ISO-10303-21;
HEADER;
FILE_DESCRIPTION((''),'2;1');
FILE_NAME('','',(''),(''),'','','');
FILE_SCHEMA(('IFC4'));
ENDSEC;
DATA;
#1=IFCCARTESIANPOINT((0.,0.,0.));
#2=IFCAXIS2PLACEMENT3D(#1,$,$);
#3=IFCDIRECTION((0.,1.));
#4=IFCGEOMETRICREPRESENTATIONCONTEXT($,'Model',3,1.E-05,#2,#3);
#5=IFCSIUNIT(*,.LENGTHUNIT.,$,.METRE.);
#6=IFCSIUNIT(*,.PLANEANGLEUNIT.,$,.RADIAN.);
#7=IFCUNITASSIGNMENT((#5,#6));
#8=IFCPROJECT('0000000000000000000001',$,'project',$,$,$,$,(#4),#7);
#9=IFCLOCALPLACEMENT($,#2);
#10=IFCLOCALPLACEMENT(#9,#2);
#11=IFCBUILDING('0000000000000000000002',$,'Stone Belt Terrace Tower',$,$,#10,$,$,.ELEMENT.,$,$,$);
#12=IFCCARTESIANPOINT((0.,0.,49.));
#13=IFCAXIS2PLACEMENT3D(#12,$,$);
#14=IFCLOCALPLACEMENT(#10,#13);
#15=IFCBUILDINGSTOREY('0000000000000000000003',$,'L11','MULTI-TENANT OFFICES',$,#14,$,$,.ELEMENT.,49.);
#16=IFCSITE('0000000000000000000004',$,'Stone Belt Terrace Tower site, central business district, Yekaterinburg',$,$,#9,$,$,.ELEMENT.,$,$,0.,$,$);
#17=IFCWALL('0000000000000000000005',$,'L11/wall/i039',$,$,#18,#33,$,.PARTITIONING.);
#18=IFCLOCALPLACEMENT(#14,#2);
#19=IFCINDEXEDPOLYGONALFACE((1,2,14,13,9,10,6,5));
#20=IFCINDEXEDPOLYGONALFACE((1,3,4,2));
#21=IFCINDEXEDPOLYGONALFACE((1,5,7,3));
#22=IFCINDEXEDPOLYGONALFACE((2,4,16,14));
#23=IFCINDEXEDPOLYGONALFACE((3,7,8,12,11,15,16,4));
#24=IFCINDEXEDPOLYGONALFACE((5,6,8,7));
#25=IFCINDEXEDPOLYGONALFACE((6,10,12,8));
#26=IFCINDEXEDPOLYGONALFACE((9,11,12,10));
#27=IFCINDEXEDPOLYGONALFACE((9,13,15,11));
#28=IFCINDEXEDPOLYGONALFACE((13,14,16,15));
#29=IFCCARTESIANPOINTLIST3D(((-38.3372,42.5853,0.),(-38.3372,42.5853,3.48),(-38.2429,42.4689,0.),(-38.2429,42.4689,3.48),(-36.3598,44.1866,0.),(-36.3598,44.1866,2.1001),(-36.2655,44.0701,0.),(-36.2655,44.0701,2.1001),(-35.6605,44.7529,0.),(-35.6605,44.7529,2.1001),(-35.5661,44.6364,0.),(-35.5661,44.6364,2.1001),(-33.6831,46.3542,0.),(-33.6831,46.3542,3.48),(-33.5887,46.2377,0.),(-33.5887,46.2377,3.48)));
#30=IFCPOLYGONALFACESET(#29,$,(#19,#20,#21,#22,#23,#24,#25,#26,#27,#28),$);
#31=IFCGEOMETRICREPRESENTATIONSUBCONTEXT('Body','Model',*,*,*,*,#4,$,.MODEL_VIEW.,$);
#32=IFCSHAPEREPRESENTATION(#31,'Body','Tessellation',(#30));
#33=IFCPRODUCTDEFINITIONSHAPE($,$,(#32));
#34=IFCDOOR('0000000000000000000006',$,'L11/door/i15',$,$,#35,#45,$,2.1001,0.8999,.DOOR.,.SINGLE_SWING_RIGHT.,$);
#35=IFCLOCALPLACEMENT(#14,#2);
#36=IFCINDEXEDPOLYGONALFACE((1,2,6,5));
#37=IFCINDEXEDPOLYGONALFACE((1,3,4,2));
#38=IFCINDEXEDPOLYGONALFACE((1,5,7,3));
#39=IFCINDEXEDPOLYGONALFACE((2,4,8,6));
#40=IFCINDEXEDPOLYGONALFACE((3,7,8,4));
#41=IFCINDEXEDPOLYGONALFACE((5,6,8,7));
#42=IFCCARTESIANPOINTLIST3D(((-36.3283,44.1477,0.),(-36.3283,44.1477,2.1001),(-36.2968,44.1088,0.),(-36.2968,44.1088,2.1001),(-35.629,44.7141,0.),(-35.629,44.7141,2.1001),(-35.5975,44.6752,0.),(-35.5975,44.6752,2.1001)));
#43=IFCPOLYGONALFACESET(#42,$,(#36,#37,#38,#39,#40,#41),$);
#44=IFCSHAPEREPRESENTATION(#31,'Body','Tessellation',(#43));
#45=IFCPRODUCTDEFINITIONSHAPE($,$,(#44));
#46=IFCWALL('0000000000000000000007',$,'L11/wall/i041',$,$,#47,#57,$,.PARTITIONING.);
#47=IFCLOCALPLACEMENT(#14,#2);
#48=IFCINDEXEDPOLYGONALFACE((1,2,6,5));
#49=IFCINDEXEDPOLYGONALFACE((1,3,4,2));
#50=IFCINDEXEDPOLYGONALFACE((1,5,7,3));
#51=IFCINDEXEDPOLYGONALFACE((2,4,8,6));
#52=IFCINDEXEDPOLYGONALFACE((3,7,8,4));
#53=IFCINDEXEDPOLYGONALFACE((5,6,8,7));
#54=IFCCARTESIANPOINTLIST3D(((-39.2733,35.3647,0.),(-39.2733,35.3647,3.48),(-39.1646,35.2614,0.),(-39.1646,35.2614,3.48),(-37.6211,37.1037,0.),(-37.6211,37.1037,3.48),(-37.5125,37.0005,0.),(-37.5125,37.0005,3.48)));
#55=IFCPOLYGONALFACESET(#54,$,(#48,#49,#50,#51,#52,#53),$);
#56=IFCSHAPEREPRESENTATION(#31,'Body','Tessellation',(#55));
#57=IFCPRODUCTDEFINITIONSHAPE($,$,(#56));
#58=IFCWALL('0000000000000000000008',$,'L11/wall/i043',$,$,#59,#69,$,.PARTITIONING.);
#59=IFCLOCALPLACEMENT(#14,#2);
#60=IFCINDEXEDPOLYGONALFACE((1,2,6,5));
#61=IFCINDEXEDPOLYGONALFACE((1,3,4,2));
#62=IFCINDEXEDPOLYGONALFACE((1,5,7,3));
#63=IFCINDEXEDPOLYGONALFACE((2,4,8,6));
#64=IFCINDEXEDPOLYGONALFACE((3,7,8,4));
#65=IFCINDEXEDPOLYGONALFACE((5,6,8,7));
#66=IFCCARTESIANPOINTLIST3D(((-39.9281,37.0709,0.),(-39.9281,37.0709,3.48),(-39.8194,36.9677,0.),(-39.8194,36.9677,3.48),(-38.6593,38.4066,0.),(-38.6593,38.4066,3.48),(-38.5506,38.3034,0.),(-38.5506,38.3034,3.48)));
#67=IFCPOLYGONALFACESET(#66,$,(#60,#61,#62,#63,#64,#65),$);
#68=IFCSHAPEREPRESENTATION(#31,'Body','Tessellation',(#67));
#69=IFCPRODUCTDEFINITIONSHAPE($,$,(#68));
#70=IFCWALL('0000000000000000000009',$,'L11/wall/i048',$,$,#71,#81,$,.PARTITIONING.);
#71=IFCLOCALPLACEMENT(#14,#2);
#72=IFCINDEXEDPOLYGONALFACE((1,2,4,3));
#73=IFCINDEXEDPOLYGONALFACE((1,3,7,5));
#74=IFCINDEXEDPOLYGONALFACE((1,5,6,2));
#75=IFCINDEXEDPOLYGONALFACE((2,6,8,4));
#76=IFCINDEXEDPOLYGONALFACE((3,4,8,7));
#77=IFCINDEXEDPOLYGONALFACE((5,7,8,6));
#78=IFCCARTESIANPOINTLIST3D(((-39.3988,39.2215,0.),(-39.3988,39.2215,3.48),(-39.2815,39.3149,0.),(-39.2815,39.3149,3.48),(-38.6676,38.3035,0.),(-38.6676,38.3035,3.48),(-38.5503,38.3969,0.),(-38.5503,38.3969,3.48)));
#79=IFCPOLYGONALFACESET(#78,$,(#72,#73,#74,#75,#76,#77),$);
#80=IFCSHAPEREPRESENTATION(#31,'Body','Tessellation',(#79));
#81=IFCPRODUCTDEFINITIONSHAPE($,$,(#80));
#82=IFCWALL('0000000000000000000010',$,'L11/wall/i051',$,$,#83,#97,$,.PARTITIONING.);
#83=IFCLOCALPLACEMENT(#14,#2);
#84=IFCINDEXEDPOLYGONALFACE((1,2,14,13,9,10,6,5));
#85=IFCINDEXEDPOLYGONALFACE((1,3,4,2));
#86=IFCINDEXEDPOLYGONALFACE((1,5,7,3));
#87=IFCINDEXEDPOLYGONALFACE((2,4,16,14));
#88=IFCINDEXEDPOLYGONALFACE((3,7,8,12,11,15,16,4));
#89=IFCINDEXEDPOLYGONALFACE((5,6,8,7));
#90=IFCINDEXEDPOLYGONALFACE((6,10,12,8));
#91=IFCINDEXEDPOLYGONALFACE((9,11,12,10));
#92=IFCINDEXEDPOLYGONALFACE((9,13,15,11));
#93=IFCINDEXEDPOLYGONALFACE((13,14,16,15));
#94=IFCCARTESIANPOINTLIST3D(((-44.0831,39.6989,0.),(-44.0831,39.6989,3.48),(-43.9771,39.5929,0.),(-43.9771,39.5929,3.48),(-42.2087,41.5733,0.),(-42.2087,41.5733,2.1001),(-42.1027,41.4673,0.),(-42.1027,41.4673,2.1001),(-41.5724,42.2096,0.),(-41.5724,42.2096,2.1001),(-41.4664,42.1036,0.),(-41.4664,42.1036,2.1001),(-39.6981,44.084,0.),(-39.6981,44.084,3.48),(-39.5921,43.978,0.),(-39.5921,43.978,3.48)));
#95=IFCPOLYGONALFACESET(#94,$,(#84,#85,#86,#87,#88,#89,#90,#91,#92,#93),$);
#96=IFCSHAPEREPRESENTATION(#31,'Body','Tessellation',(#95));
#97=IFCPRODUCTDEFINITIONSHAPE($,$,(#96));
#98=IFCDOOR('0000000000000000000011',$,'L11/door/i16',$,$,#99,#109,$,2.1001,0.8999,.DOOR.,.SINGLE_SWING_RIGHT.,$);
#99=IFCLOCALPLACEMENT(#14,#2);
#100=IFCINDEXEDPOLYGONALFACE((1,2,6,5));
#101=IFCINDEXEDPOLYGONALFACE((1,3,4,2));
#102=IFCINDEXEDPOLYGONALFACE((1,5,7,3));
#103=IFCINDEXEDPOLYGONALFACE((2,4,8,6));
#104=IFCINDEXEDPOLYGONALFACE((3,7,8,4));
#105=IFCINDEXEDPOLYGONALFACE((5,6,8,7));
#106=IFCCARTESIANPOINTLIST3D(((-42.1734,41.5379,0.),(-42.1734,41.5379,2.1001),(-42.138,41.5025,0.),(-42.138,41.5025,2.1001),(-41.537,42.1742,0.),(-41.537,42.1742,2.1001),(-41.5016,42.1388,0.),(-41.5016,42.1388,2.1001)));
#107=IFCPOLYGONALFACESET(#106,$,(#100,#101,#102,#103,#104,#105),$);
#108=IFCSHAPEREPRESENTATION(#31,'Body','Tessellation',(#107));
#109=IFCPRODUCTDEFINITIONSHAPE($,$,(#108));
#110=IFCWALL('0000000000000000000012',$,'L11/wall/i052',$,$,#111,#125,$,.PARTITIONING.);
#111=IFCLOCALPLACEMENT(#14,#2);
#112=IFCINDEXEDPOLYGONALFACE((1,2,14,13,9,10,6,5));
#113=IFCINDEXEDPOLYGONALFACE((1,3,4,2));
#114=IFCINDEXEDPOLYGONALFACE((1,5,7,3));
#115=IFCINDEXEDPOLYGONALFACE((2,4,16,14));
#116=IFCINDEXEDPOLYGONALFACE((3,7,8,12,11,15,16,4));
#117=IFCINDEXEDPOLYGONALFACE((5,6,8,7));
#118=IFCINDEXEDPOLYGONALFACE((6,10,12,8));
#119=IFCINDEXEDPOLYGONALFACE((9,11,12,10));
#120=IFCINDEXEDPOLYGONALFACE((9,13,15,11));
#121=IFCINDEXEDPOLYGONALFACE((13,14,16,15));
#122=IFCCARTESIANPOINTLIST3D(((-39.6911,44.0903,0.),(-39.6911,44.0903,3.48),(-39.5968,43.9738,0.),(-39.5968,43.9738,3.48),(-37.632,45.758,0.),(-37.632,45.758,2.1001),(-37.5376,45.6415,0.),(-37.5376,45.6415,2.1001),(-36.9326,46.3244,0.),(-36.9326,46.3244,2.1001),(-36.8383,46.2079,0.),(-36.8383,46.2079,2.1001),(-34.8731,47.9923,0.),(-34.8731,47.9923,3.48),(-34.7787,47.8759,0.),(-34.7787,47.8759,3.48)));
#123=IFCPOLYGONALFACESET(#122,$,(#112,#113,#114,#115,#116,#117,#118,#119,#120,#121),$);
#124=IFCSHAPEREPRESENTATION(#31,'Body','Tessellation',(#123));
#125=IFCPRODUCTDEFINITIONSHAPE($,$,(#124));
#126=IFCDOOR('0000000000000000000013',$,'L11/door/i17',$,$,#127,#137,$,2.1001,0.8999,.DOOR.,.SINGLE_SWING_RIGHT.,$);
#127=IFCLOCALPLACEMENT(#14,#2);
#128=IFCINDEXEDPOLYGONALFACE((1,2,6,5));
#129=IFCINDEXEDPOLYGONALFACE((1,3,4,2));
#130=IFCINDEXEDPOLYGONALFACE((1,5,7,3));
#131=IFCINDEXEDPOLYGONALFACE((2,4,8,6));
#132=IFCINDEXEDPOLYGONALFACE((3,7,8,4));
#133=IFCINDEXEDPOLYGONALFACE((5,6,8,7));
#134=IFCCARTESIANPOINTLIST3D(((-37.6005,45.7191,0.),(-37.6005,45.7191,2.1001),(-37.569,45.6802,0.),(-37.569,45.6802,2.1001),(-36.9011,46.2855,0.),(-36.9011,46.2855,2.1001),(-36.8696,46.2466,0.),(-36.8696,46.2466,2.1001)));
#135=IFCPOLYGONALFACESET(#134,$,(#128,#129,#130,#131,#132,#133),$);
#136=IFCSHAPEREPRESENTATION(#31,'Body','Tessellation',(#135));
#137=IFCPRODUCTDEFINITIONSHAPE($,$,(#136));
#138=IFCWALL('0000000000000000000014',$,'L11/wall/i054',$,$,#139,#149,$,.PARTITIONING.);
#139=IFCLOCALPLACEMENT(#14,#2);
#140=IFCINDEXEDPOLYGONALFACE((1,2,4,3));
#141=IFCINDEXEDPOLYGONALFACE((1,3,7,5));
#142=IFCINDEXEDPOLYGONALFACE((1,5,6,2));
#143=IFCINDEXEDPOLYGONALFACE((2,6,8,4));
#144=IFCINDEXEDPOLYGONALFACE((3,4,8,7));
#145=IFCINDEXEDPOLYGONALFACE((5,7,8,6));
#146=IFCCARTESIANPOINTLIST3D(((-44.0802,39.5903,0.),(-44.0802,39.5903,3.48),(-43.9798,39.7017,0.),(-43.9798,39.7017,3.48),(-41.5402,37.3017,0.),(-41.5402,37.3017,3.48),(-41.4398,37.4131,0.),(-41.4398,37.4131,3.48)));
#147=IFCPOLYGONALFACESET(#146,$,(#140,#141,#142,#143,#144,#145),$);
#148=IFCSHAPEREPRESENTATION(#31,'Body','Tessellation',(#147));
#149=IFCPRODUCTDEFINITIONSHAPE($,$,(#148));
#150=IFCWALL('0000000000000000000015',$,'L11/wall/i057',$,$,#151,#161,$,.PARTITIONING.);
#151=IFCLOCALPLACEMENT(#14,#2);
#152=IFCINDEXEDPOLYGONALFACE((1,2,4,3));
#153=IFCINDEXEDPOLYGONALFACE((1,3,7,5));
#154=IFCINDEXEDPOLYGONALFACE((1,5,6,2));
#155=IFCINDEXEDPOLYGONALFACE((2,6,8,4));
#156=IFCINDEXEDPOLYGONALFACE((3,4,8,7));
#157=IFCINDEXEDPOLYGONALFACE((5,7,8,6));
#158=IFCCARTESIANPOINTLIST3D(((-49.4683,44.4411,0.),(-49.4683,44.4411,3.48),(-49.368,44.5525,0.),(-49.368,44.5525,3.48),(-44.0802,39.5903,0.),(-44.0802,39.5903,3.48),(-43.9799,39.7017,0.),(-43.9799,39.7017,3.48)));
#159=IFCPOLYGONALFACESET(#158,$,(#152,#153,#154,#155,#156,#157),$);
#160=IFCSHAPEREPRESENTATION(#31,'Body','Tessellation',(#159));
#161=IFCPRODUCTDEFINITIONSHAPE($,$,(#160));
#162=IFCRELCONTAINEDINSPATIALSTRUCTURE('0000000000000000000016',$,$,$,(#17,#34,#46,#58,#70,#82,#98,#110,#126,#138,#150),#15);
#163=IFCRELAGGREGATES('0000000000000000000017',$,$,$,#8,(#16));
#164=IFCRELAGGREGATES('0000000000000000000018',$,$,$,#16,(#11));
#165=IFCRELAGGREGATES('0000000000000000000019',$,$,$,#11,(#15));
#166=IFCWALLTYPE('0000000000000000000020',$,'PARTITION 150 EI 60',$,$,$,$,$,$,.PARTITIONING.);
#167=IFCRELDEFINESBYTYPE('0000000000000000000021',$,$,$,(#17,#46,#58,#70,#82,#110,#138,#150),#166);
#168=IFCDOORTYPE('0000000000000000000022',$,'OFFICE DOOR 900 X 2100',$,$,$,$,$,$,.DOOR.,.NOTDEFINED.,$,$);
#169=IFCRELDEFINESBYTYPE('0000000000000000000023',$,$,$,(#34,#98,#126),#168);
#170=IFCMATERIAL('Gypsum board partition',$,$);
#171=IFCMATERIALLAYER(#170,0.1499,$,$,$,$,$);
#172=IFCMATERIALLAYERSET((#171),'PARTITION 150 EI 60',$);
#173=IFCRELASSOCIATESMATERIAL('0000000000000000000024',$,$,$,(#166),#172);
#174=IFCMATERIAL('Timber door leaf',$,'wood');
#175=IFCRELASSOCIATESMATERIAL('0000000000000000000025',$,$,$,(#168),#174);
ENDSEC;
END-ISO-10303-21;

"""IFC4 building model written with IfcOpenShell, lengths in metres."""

from ifc_helpers import new_model, si_unit, direction, frame, frame_2d, origin, place, context, subcontext, project, spatial, rectangle, extrude, material, layer, layer_set, type_object, element, fill, save


model = new_model("IFC4")

# Units and contexts
model_context = context("Model", 3, precision=1e-05, world=origin(), true_north=direction((0.0, 1.0)))
body_context = subcontext(model_context, "Body", "Model", "MODEL_VIEW")
ifc_project = project(units=[si_unit("LENGTHUNIT", "METRE"), si_unit("PLANEANGLEUNIT", "RADIAN")], contexts=[model_context])

# Site, building, storey
site_placement = place(None, origin())
site = spatial("IfcSite", under=ifc_project, at=site_placement, Name="Stone Belt Terrace Tower site, central business district, Yekaterinburg", CompositionType="ELEMENT", RefElevation=0.0)
building_placement = place(site_placement, origin())
building = spatial("IfcBuilding", under=site, at=building_placement, Name="Stone Belt Terrace Tower", CompositionType="ELEMENT")
storey_placement = place(building_placement, frame((0.0, 0.0, 49.0)))
storey = spatial("IfcBuildingStorey", under=building, at=storey_placement, Name="L11", Description="MULTI-TENANT OFFICES", CompositionType="ELEMENT", Elevation=49.0)

# Shared definitions
ifc_material_1 = material(Name="Gypsum board partition")
ifc_layer_1 = layer(ifc_material_1, 0.1499)
ifc_layer_set_1 = layer_set([ifc_layer_1], Name="PARTITION 150 EI 60")
wall_type = type_object("IfcWallType", Name="PARTITION 150 EI 60", PredefinedType="PARTITIONING", material=ifc_layer_set_1)

# Wall, opening, door
wall_1_placement = place(storey_placement, frame((-38.29, 42.5271, 0.0), z_axis=(0.0, 0.0, 1.0), x_axis=(0.777144, 0.629323, 0.0)))
wall_1 = element("IfcWall", 1, at=wall_1_placement, inside=storey, type_object=wall_type, Name="L11/wall/i039", PredefinedType="PARTITIONING", context=body_context, shape_type="SweptSolid", body=[
    extrude(rectangle(XDim=5.9888, YDim=0.1499, at=frame_2d((2.9944, 0.0))), origin(), (0.0, 0.0, 1.0), 3.48),
])
opening_1_placement = place(wall_1_placement, frame((2.5444, 0.0, 0.0)))
opening_1 = element("IfcOpeningElement", 2, at=opening_1_placement, cuts=wall_1, PredefinedType="OPENING", context=body_context, shape_type="SweptSolid", body=[
    extrude(rectangle(XDim=0.8999, YDim=2.1001, at=frame_2d((0.45, 1.05))), frame((0.0, 0.085, 0.0), z_axis=(0.0, -1.0, 0.0), x_axis=(1.0, 0.0, 0.0)), (0.0, 0.0, 1.0), 0.1699),
])
ifc_material_2 = material(Name="Timber door leaf", Category="wood")
door_type = type_object("IfcDoorType", Name="OFFICE DOOR 900 X 2100", OperationType="NOTDEFINED", PredefinedType="DOOR", material=ifc_material_2)
door_1_placement = place(opening_1_placement, origin())
door_1 = element("IfcDoor", 3, at=door_1_placement, inside=storey, type_object=door_type, Name="L11/door/i15", OperationType="SINGLE_SWING_RIGHT", OverallHeight=2.1001, OverallWidth=0.8999, PredefinedType="DOOR", context=body_context, shape_type="SweptSolid", body=[
    extrude(rectangle(XDim=0.8999, YDim=2.1001, at=frame_2d((0.45, 1.05))), frame((0.0, 0.0249, 0.0), z_axis=(0.0, -1.0, 0.0), x_axis=(1.0, 0.0, 0.0)), (0.0, 0.0, 1.0), 0.05),
])
fill(opening_1, door_1)

# Walls
wall_2_placement = place(storey_placement, frame((-37.5669, 37.052, 0.0), z_axis=(0.0, 0.0, 1.0), x_axis=(-0.688757, -0.724992, 0.0)))
element("IfcWall", 4, at=wall_2_placement, inside=storey, type_object=wall_type, Name="L11/wall/i041", PredefinedType="PARTITIONING", context=body_context, shape_type="SweptSolid", body=[
    extrude(rectangle(XDim=2.3987, YDim=0.1499, at=frame_2d((1.1992, 0.0))), origin(), (0.0, 0.0, 1.0), 3.48),
])
wall_3_placement = place(storey_placement, frame((-39.8738, 37.0193, 0.0), z_axis=(0.0, 0.0, 1.0), x_axis=(0.688718, 0.725029, 0.0)))
element("IfcWall", 5, at=wall_3_placement, inside=storey, type_object=wall_type, Name="L11/wall/i043", PredefinedType="PARTITIONING", context=body_context, shape_type="SweptSolid", body=[
    extrude(rectangle(XDim=1.8423, YDim=0.1499, at=frame_2d((0.9211, 0.0))), origin(), (0.0, 0.0, 1.0), 3.48),
])
wall_4_placement = place(storey_placement, frame((-38.6089, 38.3501, 0.0), z_axis=(0.0, 0.0, 1.0), x_axis=(-0.623045, 0.782186, 0.0)))
element("IfcWall", 6, at=wall_4_placement, inside=storey, type_object=wall_type, Name="L11/wall/i048", PredefinedType="PARTITIONING", context=body_context, shape_type="SweptSolid", body=[
    extrude(rectangle(XDim=1.1736, YDim=0.1499, at=frame_2d((0.5869, 0.0))), origin(), (0.0, 0.0, 1.0), 3.48),
])

# Walls, openings, doors
wall_5_placement = place(storey_placement, frame((-44.03, 39.646, 0.0), z_axis=(0.0, 0.0, 1.0), x_axis=(0.707107, 0.707107, 0.0)))
wall_5 = element("IfcWall", 7, at=wall_5_placement, inside=storey, type_object=wall_type, Name="L11/wall/i051", PredefinedType="PARTITIONING", context=body_context, shape_type="SweptSolid", body=[
    extrude(rectangle(XDim=6.2014, YDim=0.1499, at=frame_2d((3.1006, 0.0))), origin(), (0.0, 0.0, 1.0), 3.48),
])
opening_2_placement = place(wall_5_placement, frame((2.6506, 0.0, 0.0)))
opening_2 = element("IfcOpeningElement", 8, at=opening_2_placement, cuts=wall_5, PredefinedType="OPENING", context=body_context, shape_type="SweptSolid", body=[
    extrude(rectangle(XDim=0.8999, YDim=2.1001, at=frame_2d((0.45, 1.05))), frame((0.0, 0.085, 0.0), z_axis=(0.0, -1.0, 0.0), x_axis=(1.0, 0.0, 0.0)), (0.0, 0.0, 1.0), 0.1699),
])
door_2_placement = place(opening_2_placement, origin())
door_2 = element("IfcDoor", 9, at=door_2_placement, inside=storey, type_object=door_type, Name="L11/door/i16", OperationType="SINGLE_SWING_RIGHT", OverallHeight=2.1001, OverallWidth=0.8999, PredefinedType="DOOR", context=body_context, shape_type="SweptSolid", body=[
    extrude(rectangle(XDim=0.8999, YDim=2.1001, at=frame_2d((0.45, 1.05))), frame((0.0, 0.0249, 0.0), z_axis=(0.0, -1.0, 0.0), x_axis=(1.0, 0.0, 0.0)), (0.0, 0.0, 1.0), 0.05),
])
fill(opening_2, door_2)
wall_6_placement = place(storey_placement, frame((-39.644, 44.032, 0.0), z_axis=(0.0, 0.0, 1.0), x_axis=(0.777109, 0.629366, 0.0)))
wall_6 = element("IfcWall", 10, at=wall_6_placement, inside=storey, type_object=wall_type, Name="L11/wall/i052", PredefinedType="PARTITIONING", context=body_context, shape_type="SweptSolid", body=[
    extrude(rectangle(XDim=6.2, YDim=0.1499, at=frame_2d((3.1001, 0.0))), origin(), (0.0, 0.0, 1.0), 3.48),
])
opening_3_placement = place(wall_6_placement, frame((2.6499, 0.0, 0.0)))
opening_3 = element("IfcOpeningElement", 11, at=opening_3_placement, cuts=wall_6, PredefinedType="OPENING", context=body_context, shape_type="SweptSolid", body=[
    extrude(rectangle(XDim=0.8999, YDim=2.1001, at=frame_2d((0.45, 1.05))), frame((0.0, 0.085, 0.0), z_axis=(0.0, -1.0, 0.0), x_axis=(1.0, 0.0, 0.0)), (0.0, 0.0, 1.0), 0.1699),
])
door_3_placement = place(opening_3_placement, origin())
door_3 = element("IfcDoor", 12, at=door_3_placement, inside=storey, type_object=door_type, Name="L11/door/i17", OperationType="SINGLE_SWING_RIGHT", OverallHeight=2.1001, OverallWidth=0.8999, PredefinedType="DOOR", context=body_context, shape_type="SweptSolid", body=[
    extrude(rectangle(XDim=0.8999, YDim=2.1001, at=frame_2d((0.45, 1.05))), frame((0.0, 0.0249, 0.0), z_axis=(0.0, -1.0, 0.0), x_axis=(1.0, 0.0, 0.0)), (0.0, 0.0, 1.0), 0.05),
])
fill(opening_3, door_3)

# Walls
wall_7_placement = place(storey_placement, frame((-41.49, 37.3574, 0.0), z_axis=(0.0, 0.0, 1.0), x_axis=(-0.742925, 0.669375, 0.0)))
element("IfcWall", 13, at=wall_7_placement, inside=storey, type_object=wall_type, Name="L11/wall/i054", PredefinedType="PARTITIONING", context=body_context, shape_type="SweptSolid", body=[
    extrude(rectangle(XDim=3.4189, YDim=0.1499, at=frame_2d((1.7095, 0.0))), origin(), (0.0, 0.0, 1.0), 3.48),
])
wall_8_placement = place(storey_placement, frame((-44.03, 39.646, 0.0), z_axis=(0.0, 0.0, 1.0), x_axis=(-0.743194, 0.669076, 0.0)))
element("IfcWall", 14, at=wall_8_placement, inside=storey, type_object=wall_type, Name="L11/wall/i057", PredefinedType="PARTITIONING", context=body_context, shape_type="SweptSolid", body=[
    extrude(rectangle(XDim=7.25, YDim=0.1499, at=frame_2d((3.625, 0.0))), origin(), (0.0, 0.0, 1.0), 3.48),
])

save(model, "model.ifc")
